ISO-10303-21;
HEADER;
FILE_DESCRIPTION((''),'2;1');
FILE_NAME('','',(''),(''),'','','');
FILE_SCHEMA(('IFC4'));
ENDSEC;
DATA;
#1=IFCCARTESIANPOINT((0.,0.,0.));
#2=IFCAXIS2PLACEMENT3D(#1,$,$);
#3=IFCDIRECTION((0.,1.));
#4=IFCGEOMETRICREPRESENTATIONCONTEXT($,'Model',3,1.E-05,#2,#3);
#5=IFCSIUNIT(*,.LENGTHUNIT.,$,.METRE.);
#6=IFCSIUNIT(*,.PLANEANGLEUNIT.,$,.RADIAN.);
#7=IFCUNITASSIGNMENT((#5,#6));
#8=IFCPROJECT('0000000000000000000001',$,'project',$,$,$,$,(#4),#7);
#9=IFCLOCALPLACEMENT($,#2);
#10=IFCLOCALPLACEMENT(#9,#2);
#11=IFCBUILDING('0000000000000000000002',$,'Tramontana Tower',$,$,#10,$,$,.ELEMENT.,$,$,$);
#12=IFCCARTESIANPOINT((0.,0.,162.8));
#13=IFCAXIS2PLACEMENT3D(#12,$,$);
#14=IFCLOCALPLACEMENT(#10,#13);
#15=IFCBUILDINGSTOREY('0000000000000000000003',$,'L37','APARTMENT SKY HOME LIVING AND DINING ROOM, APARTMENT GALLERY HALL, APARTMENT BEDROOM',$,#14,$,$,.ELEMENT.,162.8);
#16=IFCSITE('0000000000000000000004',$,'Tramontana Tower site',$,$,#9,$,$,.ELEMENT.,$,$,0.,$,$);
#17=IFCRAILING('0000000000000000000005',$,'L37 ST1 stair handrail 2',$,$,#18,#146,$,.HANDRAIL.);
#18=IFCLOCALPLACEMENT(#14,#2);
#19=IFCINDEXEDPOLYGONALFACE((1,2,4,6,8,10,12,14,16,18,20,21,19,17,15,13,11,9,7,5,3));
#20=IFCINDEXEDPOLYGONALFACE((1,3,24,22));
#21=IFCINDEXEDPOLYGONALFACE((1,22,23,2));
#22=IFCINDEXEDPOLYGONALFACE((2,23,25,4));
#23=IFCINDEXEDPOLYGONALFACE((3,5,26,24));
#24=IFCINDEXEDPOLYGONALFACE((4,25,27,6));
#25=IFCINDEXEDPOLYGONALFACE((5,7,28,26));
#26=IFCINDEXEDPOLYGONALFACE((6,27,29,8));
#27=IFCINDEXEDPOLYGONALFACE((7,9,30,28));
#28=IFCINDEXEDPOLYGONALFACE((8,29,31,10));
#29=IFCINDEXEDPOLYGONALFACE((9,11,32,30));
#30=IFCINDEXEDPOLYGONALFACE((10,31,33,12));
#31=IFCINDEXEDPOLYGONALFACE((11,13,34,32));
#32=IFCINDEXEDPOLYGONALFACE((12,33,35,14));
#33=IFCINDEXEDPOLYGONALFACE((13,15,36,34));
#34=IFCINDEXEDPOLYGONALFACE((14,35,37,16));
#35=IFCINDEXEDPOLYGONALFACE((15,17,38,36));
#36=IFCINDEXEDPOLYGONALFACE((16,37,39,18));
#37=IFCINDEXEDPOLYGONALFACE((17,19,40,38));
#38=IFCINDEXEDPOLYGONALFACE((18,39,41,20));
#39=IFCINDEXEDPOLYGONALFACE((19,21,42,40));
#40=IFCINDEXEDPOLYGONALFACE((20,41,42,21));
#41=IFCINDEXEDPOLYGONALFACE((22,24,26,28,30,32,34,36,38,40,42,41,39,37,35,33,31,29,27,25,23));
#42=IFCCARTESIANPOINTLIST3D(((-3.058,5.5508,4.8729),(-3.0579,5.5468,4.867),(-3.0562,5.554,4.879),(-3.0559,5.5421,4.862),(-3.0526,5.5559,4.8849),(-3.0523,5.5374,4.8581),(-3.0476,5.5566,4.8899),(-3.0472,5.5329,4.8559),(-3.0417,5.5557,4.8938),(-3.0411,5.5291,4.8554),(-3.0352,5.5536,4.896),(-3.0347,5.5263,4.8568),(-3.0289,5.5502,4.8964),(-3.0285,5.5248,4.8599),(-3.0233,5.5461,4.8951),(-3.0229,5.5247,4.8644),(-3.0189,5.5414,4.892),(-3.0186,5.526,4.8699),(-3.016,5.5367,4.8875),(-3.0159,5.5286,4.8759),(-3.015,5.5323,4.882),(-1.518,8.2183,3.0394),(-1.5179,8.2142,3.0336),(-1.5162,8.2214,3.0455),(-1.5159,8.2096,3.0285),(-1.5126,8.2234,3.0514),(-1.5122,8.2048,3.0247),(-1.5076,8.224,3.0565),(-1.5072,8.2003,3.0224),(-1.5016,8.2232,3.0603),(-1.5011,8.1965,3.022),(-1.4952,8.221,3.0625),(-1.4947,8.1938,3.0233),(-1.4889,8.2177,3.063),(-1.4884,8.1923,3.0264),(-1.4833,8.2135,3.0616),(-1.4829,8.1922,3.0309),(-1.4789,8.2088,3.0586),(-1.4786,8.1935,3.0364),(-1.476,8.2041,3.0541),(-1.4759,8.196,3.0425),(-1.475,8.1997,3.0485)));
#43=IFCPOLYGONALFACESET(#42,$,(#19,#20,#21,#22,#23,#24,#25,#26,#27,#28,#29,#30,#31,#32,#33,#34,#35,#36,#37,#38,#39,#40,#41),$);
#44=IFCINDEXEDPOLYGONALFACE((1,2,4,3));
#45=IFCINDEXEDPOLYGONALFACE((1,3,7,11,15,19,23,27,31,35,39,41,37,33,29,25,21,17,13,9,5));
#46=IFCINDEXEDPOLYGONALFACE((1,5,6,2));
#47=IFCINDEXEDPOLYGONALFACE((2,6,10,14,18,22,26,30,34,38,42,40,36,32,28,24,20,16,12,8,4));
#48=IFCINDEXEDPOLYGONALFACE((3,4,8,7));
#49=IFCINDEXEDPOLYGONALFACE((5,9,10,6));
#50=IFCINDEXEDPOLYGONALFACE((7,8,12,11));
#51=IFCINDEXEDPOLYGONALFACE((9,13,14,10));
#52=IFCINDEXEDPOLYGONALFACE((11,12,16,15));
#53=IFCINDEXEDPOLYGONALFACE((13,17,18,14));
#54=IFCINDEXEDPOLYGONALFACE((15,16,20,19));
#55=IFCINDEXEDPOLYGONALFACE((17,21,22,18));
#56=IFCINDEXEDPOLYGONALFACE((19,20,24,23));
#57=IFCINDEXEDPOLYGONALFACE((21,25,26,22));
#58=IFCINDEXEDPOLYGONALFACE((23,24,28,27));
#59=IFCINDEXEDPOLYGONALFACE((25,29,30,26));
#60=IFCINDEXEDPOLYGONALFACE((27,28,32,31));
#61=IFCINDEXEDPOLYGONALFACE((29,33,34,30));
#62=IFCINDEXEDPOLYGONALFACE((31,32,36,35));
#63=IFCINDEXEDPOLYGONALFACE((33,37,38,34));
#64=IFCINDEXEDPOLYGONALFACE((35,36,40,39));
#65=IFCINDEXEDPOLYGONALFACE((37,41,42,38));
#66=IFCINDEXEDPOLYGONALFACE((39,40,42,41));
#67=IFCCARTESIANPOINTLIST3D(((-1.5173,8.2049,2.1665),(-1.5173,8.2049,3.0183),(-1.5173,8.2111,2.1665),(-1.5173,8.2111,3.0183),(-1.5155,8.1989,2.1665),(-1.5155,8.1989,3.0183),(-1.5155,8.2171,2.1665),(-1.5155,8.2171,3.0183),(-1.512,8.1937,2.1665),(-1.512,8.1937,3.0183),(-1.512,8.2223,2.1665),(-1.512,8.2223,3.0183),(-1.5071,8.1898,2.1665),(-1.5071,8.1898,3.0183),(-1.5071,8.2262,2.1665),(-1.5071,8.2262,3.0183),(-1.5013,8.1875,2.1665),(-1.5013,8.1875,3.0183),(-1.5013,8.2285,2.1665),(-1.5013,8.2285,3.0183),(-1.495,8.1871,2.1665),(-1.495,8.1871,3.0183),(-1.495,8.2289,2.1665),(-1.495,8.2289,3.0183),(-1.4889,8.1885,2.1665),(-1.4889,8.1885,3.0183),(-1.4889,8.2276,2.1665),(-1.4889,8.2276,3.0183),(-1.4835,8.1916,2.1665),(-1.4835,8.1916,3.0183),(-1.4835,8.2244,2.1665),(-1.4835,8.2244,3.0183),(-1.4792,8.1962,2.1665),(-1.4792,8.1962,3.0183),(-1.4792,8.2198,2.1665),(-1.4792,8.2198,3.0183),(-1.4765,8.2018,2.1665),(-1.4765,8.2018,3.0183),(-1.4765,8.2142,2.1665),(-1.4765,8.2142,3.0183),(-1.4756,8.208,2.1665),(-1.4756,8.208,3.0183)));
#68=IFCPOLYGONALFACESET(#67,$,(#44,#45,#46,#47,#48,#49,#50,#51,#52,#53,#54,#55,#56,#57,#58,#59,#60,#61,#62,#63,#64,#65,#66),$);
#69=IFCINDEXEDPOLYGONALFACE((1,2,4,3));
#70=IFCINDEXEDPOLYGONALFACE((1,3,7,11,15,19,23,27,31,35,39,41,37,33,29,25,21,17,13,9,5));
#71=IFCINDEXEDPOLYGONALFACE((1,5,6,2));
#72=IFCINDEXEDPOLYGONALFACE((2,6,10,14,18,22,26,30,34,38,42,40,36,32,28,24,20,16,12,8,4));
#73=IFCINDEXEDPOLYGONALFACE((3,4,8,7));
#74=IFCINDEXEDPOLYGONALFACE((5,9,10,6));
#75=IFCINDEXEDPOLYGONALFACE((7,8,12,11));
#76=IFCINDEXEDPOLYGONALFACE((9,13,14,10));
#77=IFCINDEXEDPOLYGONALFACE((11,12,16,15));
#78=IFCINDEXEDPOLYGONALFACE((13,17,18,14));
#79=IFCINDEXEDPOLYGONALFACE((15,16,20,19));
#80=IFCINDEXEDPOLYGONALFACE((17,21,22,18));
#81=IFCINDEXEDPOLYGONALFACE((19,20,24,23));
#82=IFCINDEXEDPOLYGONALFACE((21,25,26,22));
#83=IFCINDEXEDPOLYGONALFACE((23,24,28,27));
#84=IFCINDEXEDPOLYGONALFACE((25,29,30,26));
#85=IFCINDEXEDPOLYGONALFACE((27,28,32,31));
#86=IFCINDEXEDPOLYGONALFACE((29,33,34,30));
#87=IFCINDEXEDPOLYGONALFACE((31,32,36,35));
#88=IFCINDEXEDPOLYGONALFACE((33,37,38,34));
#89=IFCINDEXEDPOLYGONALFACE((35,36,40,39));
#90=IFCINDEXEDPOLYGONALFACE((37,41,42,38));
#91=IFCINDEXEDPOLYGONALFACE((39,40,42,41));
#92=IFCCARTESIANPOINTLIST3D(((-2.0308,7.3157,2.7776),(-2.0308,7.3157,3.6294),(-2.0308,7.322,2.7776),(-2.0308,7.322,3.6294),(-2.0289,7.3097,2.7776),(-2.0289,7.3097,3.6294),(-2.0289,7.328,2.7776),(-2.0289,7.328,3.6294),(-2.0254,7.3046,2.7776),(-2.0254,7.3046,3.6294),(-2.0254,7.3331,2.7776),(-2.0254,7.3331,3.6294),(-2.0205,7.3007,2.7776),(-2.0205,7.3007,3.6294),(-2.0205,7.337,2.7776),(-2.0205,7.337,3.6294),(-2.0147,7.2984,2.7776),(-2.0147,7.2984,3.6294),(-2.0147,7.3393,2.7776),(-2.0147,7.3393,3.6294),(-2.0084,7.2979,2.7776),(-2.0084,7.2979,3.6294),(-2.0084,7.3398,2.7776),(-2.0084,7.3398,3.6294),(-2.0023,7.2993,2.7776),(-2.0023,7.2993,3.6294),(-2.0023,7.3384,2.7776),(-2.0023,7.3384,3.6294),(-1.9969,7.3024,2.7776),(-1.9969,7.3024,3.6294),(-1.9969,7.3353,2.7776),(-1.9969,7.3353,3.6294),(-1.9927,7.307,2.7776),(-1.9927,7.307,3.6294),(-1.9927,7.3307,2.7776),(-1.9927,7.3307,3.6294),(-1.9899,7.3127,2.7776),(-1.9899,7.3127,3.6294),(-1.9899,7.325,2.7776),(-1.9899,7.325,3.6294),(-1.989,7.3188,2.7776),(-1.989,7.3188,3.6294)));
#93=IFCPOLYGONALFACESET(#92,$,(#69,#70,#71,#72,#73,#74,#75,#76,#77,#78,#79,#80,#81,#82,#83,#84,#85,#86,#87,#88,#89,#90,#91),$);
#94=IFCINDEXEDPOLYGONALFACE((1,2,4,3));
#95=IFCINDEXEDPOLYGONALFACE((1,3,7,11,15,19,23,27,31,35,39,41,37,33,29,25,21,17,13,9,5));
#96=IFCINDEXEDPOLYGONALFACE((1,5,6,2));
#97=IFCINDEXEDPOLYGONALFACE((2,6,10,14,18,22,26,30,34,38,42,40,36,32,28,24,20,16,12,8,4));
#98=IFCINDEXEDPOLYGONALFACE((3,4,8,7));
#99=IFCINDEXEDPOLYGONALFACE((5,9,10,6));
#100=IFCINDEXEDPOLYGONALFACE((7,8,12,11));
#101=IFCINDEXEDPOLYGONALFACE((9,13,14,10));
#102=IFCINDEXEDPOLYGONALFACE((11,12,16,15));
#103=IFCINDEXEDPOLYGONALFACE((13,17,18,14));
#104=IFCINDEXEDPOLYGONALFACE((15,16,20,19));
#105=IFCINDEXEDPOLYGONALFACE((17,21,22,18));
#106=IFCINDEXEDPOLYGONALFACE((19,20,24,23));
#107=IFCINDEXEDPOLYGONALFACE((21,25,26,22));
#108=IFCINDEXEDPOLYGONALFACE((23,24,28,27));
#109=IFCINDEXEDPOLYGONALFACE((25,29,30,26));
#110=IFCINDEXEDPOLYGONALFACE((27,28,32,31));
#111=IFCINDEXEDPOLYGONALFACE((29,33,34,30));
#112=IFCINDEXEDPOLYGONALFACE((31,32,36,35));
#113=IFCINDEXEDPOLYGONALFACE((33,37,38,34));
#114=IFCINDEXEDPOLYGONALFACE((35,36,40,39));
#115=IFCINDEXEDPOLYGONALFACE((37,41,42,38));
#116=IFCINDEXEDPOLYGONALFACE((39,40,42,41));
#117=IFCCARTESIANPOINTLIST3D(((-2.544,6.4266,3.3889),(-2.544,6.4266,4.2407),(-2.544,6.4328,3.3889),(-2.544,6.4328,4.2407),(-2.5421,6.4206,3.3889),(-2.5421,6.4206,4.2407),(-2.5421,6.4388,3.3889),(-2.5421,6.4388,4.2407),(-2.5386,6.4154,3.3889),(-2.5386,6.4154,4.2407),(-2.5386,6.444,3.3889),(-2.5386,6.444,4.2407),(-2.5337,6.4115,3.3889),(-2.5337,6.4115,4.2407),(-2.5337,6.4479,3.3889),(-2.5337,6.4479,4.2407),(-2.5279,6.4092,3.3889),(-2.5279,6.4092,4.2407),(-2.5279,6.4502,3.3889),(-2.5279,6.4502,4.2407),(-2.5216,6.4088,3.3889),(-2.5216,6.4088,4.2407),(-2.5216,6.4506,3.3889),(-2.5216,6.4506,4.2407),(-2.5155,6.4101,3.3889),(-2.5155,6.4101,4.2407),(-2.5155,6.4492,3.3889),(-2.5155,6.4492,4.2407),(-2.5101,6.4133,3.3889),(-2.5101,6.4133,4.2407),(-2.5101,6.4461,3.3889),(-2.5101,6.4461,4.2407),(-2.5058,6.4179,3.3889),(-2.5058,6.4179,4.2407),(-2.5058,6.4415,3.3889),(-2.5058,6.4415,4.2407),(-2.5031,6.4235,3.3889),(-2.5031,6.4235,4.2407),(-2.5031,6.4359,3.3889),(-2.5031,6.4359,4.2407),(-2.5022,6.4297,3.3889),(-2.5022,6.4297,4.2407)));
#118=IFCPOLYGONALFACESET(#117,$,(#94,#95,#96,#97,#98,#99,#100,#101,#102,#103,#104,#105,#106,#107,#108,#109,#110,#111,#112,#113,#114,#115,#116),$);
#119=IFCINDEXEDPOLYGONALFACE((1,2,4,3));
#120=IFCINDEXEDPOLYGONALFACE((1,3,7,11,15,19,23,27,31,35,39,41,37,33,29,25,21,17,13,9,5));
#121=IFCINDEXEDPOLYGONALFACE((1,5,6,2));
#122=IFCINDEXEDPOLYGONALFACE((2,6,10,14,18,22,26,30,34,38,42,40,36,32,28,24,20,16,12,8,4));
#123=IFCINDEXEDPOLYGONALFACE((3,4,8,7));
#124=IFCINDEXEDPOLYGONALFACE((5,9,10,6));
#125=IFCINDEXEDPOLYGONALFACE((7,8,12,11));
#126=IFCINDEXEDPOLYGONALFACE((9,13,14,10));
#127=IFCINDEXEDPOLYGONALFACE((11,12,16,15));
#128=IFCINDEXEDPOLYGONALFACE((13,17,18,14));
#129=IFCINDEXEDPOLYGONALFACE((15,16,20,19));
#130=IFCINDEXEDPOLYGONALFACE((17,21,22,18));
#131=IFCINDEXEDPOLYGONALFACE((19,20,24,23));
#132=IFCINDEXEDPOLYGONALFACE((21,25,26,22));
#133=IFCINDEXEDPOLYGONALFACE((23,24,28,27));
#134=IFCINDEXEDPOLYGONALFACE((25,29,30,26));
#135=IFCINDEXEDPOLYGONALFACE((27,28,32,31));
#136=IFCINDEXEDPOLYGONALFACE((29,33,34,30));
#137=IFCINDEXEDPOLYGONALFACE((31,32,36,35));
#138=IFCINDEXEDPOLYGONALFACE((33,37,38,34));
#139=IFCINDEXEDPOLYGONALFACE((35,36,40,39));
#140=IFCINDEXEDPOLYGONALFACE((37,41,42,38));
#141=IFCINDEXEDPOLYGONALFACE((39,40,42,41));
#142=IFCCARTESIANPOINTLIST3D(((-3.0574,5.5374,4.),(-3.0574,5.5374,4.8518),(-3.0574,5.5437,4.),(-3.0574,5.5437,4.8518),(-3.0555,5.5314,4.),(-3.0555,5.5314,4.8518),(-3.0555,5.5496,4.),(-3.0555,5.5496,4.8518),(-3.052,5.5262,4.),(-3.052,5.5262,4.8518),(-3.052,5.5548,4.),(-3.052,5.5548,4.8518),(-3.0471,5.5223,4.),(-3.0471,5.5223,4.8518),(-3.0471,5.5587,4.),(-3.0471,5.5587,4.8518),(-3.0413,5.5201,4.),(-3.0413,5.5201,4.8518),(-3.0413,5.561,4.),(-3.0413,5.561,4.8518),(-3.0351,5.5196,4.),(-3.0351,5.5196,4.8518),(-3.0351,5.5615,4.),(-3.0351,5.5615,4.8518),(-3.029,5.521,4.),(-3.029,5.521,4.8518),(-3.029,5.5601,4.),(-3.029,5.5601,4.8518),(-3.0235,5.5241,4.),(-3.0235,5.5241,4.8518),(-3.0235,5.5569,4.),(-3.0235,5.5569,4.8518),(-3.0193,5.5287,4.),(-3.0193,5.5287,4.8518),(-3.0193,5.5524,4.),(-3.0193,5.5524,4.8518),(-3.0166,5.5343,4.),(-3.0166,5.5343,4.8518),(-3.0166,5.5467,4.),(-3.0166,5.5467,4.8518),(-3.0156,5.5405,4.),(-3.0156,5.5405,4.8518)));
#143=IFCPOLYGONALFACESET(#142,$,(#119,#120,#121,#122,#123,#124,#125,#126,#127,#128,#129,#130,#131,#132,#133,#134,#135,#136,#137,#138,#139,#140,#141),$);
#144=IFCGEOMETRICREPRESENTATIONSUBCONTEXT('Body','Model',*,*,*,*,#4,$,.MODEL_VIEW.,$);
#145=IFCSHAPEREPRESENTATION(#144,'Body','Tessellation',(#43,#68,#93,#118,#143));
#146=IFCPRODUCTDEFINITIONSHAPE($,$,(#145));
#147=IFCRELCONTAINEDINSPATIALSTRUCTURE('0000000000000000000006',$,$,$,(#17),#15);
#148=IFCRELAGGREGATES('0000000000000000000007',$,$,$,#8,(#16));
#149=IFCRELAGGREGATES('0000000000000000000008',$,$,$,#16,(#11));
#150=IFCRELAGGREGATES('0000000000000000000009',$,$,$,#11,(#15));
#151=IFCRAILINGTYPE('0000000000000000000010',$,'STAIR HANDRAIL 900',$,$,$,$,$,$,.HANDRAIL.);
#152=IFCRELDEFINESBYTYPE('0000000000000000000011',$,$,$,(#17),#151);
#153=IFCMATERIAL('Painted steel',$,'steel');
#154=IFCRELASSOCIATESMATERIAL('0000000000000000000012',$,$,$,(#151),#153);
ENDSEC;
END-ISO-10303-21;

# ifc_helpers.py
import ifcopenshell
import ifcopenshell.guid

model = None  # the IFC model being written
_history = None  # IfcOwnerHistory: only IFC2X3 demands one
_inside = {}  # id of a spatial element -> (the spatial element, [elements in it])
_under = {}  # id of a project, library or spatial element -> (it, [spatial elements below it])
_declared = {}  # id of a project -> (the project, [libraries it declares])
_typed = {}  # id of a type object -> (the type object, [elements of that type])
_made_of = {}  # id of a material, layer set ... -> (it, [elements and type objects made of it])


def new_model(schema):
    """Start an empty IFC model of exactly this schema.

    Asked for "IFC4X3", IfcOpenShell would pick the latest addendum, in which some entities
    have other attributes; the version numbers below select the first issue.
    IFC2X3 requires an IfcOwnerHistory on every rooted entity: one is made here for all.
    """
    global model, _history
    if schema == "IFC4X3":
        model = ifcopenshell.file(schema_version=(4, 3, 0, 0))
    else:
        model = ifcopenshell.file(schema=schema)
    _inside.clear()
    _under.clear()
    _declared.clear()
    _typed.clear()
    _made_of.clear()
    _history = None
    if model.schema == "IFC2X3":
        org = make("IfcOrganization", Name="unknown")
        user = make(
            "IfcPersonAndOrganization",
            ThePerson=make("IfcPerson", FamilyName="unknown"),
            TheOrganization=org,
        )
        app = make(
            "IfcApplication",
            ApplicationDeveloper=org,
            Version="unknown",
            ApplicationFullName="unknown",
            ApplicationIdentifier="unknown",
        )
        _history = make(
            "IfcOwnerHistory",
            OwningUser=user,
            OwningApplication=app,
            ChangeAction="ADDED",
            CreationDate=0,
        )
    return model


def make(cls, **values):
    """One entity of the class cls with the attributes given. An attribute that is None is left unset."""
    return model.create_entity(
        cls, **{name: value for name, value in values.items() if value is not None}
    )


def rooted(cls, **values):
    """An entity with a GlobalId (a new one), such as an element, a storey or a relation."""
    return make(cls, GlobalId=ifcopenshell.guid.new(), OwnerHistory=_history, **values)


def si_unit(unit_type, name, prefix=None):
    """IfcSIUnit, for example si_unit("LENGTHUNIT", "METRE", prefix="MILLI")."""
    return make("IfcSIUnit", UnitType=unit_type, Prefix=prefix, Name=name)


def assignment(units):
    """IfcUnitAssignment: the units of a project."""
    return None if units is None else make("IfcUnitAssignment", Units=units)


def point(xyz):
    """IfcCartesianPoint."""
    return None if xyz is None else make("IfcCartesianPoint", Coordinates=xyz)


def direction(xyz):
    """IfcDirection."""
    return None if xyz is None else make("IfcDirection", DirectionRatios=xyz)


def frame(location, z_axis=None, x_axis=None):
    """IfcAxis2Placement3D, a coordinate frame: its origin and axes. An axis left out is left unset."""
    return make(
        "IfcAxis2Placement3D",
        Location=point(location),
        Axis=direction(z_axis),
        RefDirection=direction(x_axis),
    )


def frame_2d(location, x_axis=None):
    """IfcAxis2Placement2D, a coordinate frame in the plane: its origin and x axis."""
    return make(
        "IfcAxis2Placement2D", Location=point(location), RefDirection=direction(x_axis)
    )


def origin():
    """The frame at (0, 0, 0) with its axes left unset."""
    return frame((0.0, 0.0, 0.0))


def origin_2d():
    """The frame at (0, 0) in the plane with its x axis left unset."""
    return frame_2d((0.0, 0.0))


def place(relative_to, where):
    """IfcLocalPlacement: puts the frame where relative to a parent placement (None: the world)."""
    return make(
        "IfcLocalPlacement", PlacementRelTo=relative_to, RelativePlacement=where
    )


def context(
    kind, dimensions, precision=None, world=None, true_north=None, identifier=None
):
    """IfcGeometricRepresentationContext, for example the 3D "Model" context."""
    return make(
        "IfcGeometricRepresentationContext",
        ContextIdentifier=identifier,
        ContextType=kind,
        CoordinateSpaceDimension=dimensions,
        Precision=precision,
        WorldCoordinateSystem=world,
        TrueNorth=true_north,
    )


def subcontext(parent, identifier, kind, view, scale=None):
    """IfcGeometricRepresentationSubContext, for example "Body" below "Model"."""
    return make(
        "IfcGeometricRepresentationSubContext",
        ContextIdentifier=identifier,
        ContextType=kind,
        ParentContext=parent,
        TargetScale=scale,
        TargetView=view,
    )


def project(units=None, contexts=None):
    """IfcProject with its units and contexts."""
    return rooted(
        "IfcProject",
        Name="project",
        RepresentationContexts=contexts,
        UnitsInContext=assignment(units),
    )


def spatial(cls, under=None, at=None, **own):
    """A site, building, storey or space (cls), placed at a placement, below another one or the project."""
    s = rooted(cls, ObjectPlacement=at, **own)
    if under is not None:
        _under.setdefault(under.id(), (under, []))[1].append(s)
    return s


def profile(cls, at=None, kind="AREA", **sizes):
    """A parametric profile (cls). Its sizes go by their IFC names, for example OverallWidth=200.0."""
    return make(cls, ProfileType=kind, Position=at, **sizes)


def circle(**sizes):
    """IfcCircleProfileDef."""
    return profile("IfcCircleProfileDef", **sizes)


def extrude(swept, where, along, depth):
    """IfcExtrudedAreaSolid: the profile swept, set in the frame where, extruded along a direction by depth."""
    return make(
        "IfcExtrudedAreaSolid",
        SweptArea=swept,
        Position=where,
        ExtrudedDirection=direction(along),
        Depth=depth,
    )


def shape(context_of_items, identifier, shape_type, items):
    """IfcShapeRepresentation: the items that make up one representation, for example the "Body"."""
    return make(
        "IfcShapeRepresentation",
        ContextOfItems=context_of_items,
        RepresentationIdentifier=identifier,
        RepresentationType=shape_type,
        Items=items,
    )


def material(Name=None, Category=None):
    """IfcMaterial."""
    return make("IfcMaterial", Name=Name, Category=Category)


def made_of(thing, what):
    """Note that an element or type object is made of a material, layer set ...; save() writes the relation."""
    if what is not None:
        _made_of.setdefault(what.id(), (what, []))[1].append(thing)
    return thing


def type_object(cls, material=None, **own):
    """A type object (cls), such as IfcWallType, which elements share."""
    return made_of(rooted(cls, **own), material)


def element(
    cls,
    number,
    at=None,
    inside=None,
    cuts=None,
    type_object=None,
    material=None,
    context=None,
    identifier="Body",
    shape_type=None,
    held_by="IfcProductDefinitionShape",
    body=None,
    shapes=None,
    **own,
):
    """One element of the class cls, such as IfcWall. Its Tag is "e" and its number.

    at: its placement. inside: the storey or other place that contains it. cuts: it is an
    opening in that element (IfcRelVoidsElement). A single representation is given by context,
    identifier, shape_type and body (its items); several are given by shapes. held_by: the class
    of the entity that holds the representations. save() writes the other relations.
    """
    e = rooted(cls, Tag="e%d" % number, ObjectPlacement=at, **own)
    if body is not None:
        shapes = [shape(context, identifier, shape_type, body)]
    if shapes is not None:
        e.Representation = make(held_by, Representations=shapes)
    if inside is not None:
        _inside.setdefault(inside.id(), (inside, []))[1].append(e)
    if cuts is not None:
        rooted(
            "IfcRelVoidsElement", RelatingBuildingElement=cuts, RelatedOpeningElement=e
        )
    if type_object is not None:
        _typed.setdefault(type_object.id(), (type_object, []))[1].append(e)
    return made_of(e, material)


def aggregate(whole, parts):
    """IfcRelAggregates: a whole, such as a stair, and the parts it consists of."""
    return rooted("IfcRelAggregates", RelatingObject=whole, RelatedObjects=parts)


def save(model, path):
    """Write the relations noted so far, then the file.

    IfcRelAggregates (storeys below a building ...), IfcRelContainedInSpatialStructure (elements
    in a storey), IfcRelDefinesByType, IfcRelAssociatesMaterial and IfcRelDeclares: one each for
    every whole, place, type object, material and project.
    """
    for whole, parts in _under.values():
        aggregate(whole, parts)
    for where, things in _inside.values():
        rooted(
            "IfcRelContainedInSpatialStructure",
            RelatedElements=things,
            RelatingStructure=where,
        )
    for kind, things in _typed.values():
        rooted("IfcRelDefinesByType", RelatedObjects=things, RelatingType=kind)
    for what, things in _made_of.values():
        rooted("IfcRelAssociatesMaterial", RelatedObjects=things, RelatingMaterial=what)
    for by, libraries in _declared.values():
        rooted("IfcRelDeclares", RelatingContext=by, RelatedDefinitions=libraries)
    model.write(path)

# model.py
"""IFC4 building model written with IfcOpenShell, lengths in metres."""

from ifc_helpers import new_model, si_unit, direction, frame, origin, origin_2d, place, context, subcontext, project, spatial, circle, extrude, material, type_object, element, save


model = new_model("IFC4")

# Units and contexts
model_context = context("Model", 3, precision=1e-05, world=origin(), true_north=direction((0.0, 1.0)))
body_context = subcontext(model_context, "Body", "Model", "MODEL_VIEW")
ifc_project = project(units=[si_unit("LENGTHUNIT", "METRE"), si_unit("PLANEANGLEUNIT", "RADIAN")], contexts=[model_context])

# Site, building, storey
site_placement = place(None, origin())
site = spatial("IfcSite", under=ifc_project, at=site_placement, Name="Tramontana Tower site", CompositionType="ELEMENT", RefElevation=0.0)
building_placement = place(site_placement, origin())
building = spatial("IfcBuilding", under=site, at=building_placement, Name="Tramontana Tower", CompositionType="ELEMENT")
storey_placement = place(building_placement, frame((0.0, 0.0, 162.8)))
storey = spatial("IfcBuildingStorey", under=building, at=storey_placement, Name="L37", Description="APARTMENT SKY HOME LIVING AND DINING ROOM, APARTMENT GALLERY HALL, APARTMENT BEDROOM", CompositionType="ELEMENT", Elevation=162.8)

# Railing
ifc_material_1 = material(Name="Painted steel", Category="steel")
railing_type_1 = type_object("IfcRailingType", Name="STAIR HANDRAIL 900", PredefinedType="HANDRAIL", material=ifc_material_1)
railing_1_placement = place(storey_placement, frame((-1.4966, 8.208, 2.1665)))
element("IfcRailing", 1, at=railing_1_placement, inside=storey, type_object=railing_type_1, Name="L37 ST1 stair handrail 2", PredefinedType="HANDRAIL", context=body_context, shape_type="SweptSolid", body=[
    extrude(circle(Radius=0.0239, at=origin_2d()), frame((0.0, 0.0, 0.876), z_axis=(-0.429634, -0.744164, 0.511502), x_axis=(0.86603, -0.499992, 0.0)), (0.0, 0.0, 1.0), 3.5845),
    extrude(circle(Radius=0.021, at=origin_2d()), origin(), (0.0, 0.0, 1.0), 0.8518),
    extrude(circle(Radius=0.021, at=origin_2d()), frame((-0.5134, -0.8892, 0.6111)), (0.0, 0.0, 1.0), 0.8518),
    extrude(circle(Radius=0.021, at=origin_2d()), frame((-1.0266, -1.7783, 1.2224)), (0.0, 0.0, 1.0), 0.8518),
    extrude(circle(Radius=0.021, at=origin_2d()), frame((-1.54, -2.6675, 1.8335)), (0.0, 0.0, 1.0), 0.8518),
])

save(model, "model.ifc")
